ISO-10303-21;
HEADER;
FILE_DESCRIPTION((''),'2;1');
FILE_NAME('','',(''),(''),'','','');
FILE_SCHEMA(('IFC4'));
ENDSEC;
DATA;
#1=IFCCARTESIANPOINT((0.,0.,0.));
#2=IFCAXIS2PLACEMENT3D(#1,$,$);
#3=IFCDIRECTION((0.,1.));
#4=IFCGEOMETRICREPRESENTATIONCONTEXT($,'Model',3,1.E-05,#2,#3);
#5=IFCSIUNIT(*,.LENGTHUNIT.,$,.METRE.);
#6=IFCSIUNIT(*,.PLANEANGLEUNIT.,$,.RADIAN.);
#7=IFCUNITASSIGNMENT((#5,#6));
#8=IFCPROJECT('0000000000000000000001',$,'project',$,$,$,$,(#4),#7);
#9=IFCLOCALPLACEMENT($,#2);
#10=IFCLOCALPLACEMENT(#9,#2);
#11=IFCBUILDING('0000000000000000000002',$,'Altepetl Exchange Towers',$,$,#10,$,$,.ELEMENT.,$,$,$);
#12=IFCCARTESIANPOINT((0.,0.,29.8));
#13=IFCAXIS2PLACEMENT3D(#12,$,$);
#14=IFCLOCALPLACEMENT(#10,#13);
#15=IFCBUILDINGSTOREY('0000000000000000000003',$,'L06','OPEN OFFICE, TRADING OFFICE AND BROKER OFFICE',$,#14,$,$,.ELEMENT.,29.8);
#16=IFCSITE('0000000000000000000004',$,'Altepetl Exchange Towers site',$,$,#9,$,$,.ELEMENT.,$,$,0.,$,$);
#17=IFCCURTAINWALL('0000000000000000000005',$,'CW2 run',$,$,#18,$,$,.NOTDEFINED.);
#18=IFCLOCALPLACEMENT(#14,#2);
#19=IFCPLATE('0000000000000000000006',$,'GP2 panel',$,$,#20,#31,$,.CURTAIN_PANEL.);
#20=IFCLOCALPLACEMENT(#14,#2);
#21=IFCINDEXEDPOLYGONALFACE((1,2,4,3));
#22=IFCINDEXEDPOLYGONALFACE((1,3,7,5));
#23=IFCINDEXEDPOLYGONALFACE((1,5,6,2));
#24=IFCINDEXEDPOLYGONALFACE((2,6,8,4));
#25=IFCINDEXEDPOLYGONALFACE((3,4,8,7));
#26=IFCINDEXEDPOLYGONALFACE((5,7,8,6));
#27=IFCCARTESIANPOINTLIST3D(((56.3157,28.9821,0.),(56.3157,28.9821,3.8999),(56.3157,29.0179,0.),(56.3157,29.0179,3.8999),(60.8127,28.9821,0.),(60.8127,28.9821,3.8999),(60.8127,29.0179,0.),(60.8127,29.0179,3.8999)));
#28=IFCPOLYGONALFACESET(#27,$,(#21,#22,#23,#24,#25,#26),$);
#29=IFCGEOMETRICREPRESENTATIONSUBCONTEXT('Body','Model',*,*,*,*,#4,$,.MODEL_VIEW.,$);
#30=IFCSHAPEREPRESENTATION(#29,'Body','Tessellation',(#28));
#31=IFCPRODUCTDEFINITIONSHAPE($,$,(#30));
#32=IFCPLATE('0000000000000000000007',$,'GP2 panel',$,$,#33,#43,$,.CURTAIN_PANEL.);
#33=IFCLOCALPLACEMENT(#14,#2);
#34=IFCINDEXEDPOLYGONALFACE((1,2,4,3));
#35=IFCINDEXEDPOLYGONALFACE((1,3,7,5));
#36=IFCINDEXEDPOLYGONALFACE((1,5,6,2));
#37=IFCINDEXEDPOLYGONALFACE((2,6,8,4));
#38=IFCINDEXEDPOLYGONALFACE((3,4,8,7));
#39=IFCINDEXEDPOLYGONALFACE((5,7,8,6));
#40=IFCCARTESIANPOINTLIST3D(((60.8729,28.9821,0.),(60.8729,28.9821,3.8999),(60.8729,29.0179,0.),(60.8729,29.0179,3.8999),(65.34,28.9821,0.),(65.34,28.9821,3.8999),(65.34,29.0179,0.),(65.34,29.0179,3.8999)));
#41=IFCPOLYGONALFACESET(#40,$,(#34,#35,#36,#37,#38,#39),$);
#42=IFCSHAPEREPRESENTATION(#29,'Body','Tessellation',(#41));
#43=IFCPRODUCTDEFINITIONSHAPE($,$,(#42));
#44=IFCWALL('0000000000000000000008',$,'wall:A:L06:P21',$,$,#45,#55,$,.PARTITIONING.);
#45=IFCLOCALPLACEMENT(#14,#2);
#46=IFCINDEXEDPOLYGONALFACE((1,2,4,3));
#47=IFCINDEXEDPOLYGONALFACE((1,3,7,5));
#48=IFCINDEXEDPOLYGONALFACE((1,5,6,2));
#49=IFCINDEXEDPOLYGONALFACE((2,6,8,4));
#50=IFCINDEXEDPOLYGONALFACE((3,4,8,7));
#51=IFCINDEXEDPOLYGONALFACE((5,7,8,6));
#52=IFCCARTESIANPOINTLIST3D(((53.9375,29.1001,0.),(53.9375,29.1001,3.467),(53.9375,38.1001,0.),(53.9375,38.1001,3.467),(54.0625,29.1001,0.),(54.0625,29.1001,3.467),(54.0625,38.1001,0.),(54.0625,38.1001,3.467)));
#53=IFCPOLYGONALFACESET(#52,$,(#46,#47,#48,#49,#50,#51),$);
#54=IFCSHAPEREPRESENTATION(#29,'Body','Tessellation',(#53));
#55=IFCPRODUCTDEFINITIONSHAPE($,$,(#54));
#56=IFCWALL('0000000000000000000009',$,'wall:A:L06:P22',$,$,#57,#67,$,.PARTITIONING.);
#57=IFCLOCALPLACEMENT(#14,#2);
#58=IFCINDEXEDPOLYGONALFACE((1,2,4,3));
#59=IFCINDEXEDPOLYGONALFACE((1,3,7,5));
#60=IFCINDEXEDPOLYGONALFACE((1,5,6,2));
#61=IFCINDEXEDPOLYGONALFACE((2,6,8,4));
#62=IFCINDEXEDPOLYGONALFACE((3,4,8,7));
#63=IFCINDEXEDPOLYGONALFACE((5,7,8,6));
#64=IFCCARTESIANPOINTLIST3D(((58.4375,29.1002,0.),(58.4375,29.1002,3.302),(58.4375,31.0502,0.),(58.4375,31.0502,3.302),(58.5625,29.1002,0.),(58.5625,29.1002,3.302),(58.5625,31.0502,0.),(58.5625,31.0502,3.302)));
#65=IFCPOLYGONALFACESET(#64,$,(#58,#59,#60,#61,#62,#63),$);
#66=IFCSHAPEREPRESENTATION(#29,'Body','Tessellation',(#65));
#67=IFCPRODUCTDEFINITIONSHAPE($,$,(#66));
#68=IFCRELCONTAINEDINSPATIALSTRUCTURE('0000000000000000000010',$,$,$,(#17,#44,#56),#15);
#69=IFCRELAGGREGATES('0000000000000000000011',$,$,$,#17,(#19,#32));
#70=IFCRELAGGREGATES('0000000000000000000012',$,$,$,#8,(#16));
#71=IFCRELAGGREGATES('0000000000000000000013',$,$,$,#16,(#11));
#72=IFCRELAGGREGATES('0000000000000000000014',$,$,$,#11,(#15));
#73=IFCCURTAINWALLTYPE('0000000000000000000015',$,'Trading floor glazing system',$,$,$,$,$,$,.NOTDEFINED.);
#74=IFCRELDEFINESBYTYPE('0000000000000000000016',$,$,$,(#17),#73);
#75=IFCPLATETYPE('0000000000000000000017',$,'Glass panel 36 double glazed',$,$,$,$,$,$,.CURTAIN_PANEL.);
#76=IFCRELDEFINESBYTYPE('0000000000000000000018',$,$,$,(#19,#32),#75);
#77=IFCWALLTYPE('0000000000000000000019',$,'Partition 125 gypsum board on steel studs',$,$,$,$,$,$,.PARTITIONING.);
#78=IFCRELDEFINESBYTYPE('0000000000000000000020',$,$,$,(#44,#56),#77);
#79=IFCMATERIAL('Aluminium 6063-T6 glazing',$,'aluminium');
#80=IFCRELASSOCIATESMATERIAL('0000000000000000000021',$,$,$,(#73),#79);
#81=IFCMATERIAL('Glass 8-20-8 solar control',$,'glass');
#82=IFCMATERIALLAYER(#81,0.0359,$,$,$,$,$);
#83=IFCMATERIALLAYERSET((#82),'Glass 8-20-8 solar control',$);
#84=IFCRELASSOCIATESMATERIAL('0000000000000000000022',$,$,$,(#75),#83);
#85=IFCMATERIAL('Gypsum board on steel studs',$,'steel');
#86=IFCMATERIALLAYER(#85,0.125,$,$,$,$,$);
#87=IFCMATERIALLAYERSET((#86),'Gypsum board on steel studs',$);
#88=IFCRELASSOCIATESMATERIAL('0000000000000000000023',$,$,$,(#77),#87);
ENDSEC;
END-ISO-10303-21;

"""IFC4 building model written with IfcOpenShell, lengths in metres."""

from ifc_helpers import new_model, si_unit, direction, frame, frame_2d, origin, origin_2d, place, context, subcontext, project, spatial, rectangle, extrude, material, layer, layer_set, type_object, element, aggregate, save


model = new_model("IFC4")

# Units and contexts
model_context = context("Model", 3, precision=1e-05, world=origin(), true_north=direction((0.0, 1.0)))
body_context = subcontext(model_context, "Body", "Model", "MODEL_VIEW")
ifc_project = project(units=[si_unit("LENGTHUNIT", "METRE"), si_unit("PLANEANGLEUNIT", "RADIAN")], contexts=[model_context])

# Site, building, storey
site_placement = place(None, origin())
site = spatial("IfcSite", under=ifc_project, at=site_placement, Name="Altepetl Exchange Towers site", CompositionType="ELEMENT", RefElevation=0.0)
building_placement = place(site_placement, origin())
building = spatial("IfcBuilding", under=site, at=building_placement, Name="Altepetl Exchange Towers", CompositionType="ELEMENT")
storey_placement = place(building_placement, frame((0.0, 0.0, 29.8)))
storey = spatial("IfcBuildingStorey", under=building, at=storey_placement, Name="L06", Description="OPEN OFFICE, TRADING OFFICE AND BROKER OFFICE", CompositionType="ELEMENT", Elevation=29.8)

# Curtain wall
ifc_material_1 = material(Name="Aluminium 6063-T6 glazing", Category="aluminium")
curtain_wall_type = type_object("IfcCurtainWallType", Name="Trading floor glazing system", PredefinedType="NOTDEFINED", material=ifc_material_1)
curtain_wall_1_placement = place(storey_placement, origin())
curtain_wall_1 = element("IfcCurtainWall", 1, at=curtain_wall_1_placement, inside=storey, type_object=curtain_wall_type, Name="CW2 run", PredefinedType="NOTDEFINED")

# Plates
ifc_material_2 = material(Name="Glass 8-20-8 solar control", Category="glass")
ifc_layer_1 = layer(ifc_material_2, 0.0359)
ifc_layer_set_1 = layer_set([ifc_layer_1], Name="Glass 8-20-8 solar control")
plate_type = type_object("IfcPlateType", Name="Glass panel 36 double glazed", PredefinedType="CURTAIN_PANEL", material=ifc_layer_set_1)
plate_1_placement = place(storey_placement, frame((58.5642, 29.0, 0.0)))
plate_1 = element("IfcPlate", 2, at=plate_1_placement, type_object=plate_type, Name="GP2 panel", PredefinedType="CURTAIN_PANEL", context=body_context, shape_type="SweptSolid", body=[
    extrude(rectangle(XDim=4.4971, YDim=0.0359, at=origin_2d()), origin(), (0.0, 0.0, 1.0), 3.8999),
])
plate_2_placement = place(storey_placement, frame((63.1064, 29.0, 0.0)))
plate_2 = element("IfcPlate", 3, at=plate_2_placement, type_object=plate_type, Name="GP2 panel", PredefinedType="CURTAIN_PANEL", context=body_context, shape_type="SweptSolid", body=[
    extrude(rectangle(XDim=4.467, YDim=0.0359, at=origin_2d()), origin(), (0.0, 0.0, 1.0), 3.8999),
])
aggregate(curtain_wall_1, [plate_1, plate_2])

# Walls
ifc_material_3 = material(Name="Gypsum board on steel studs", Category="steel")
ifc_layer_2 = layer(ifc_material_3, 0.125)
ifc_layer_set_2 = layer_set([ifc_layer_2], Name="Gypsum board on steel studs")
wall_type = type_object("IfcWallType", Name="Partition 125 gypsum board on steel studs", PredefinedType="PARTITIONING", material=ifc_layer_set_2)
wall_1_placement = place(storey_placement, frame((54.0, 29.1001, 0.0), z_axis=(0.0, 0.0, 1.0), x_axis=(0.0, 1.0, 0.0)))
element("IfcWall", 4, at=wall_1_placement, inside=storey, type_object=wall_type, Name="wall:A:L06:P21", PredefinedType="PARTITIONING", context=body_context, shape_type="SweptSolid", body=[
    extrude(rectangle(XDim=9.0, YDim=0.125, at=frame_2d((4.5, 0.0))), origin(), (0.0, 0.0, 1.0), 3.467),
])
wall_2_placement = place(storey_placement, frame((58.5, 29.1001, 0.0), z_axis=(0.0, 0.0, 1.0), x_axis=(0.0, 1.0, 0.0)))
element("IfcWall", 5, at=wall_2_placement, inside=storey, type_object=wall_type, Name="wall:A:L06:P22", PredefinedType="PARTITIONING", context=body_context, shape_type="SweptSolid", body=[
    extrude(rectangle(XDim=1.95, YDim=0.125, at=frame_2d((0.9751, 0.0))), origin(), (0.0, 0.0, 1.0), 3.302),
])

save(model, "model.ifc")
